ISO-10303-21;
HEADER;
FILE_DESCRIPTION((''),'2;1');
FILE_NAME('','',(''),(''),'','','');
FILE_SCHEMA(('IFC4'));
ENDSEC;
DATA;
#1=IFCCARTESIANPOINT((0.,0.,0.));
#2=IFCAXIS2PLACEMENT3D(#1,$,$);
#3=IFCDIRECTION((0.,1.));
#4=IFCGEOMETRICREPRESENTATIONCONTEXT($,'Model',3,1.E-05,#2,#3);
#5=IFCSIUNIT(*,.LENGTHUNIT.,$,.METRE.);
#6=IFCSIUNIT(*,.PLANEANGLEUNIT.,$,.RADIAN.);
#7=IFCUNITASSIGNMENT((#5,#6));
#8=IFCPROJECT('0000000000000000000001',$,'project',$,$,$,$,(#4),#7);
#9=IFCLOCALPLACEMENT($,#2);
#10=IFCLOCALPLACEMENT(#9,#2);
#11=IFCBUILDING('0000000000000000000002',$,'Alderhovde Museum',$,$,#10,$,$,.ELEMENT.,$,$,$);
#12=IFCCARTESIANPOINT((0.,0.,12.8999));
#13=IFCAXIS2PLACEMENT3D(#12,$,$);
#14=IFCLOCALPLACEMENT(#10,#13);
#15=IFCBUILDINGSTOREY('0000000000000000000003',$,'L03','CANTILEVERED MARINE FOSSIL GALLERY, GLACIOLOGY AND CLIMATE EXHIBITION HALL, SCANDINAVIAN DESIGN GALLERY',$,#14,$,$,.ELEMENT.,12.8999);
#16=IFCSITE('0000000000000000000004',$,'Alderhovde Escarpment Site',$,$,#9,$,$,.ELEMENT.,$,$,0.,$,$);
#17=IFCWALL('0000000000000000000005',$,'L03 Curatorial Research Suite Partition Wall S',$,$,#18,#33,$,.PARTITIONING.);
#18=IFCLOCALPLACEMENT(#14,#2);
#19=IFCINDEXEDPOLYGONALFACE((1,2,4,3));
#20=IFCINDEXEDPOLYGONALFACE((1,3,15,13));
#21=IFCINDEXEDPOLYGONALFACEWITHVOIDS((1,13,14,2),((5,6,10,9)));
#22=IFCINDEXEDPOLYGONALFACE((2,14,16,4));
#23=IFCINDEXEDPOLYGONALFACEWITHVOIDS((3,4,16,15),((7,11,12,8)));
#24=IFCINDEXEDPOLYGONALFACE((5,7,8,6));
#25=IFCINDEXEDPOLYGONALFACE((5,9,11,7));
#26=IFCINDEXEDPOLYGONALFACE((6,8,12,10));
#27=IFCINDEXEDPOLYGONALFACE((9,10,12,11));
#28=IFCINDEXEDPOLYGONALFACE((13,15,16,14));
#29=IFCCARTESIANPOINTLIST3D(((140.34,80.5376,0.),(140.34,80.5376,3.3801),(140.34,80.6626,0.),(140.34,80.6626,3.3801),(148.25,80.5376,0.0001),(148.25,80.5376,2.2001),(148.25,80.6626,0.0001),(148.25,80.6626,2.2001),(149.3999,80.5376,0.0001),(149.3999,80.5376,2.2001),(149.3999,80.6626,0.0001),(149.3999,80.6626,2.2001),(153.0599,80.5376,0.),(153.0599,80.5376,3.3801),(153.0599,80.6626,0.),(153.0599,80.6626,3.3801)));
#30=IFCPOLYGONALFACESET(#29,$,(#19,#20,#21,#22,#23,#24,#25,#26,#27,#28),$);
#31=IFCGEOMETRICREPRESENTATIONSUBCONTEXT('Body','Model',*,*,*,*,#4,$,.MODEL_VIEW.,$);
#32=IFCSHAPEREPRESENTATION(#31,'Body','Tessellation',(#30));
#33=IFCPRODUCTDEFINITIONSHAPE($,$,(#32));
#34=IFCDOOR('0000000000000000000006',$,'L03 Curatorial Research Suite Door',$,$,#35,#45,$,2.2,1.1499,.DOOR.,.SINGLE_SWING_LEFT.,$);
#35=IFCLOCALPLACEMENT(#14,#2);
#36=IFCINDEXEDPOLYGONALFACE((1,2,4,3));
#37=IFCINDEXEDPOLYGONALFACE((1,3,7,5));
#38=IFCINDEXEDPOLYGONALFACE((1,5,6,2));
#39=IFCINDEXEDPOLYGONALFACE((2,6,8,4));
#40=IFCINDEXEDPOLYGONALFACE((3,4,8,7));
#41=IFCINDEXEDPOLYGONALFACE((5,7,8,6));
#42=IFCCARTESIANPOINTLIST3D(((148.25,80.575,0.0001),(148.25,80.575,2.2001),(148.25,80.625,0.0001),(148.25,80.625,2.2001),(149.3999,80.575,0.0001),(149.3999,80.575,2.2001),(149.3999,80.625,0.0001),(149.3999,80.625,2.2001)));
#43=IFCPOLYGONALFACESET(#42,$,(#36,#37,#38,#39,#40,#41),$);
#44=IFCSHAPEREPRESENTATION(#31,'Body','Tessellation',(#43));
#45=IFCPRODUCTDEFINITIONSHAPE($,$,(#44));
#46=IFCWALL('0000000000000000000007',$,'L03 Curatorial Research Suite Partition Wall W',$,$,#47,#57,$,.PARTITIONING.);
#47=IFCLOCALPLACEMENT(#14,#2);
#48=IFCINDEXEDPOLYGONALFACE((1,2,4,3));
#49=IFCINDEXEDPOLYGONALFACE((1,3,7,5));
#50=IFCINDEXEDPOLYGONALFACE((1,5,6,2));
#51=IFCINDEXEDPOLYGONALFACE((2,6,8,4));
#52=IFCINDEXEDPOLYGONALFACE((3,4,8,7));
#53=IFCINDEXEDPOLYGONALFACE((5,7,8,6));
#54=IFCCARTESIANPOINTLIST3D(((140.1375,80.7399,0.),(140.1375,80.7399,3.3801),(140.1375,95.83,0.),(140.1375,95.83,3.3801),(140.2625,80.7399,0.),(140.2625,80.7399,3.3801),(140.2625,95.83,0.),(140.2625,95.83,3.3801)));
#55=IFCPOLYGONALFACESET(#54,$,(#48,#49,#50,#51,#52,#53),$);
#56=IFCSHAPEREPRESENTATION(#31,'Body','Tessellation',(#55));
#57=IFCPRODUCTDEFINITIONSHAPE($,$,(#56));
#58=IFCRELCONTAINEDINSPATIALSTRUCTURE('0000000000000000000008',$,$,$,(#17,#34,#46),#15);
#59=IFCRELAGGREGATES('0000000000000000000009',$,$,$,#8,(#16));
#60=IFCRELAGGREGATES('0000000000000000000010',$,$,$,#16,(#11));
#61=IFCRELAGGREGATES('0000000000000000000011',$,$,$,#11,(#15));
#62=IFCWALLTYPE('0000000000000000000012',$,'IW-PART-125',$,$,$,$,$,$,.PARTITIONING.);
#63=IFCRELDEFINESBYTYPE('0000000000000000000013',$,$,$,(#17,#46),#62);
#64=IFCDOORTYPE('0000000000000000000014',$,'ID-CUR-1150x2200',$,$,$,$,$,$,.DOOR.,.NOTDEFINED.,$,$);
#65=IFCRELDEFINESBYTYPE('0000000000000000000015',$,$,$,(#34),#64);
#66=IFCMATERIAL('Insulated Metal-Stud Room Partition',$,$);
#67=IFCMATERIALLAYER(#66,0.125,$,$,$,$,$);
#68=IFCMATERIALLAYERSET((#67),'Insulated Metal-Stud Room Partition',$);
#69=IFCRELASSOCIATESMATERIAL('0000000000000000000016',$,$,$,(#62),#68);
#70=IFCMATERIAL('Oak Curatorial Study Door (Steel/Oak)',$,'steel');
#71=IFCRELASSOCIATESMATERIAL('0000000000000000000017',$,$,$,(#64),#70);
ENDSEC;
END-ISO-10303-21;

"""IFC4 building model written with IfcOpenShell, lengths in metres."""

from ifc_helpers import new_model, si_unit, direction, frame, frame_2d, origin, place, context, subcontext, project, spatial, rectangle, extrude, material, layer, layer_set, type_object, element, fill, save


model = new_model("IFC4")

# Units and contexts
model_context = context("Model", 3, precision=1e-05, world=origin(), true_north=direction((0.0, 1.0)))
body_context = subcontext(model_context, "Body", "Model", "MODEL_VIEW")
ifc_project = project(units=[si_unit("LENGTHUNIT", "METRE"), si_unit("PLANEANGLEUNIT", "RADIAN")], contexts=[model_context])

# Site, building, storey
site_placement = place(None, origin())
site = spatial("IfcSite", under=ifc_project, at=site_placement, Name="Alderhovde Escarpment Site", CompositionType="ELEMENT", RefElevation=0.0)
building_placement = place(site_placement, origin())
building = spatial("IfcBuilding", under=site, at=building_placement, Name="Alderhovde Museum", CompositionType="ELEMENT")
storey_placement = place(building_placement, frame((0.0, 0.0, 12.8999)))
storey = spatial("IfcBuildingStorey", under=building, at=storey_placement, Name="L03", Description="CANTILEVERED MARINE FOSSIL GALLERY, GLACIOLOGY AND CLIMATE EXHIBITION HALL, SCANDINAVIAN DESIGN GALLERY", CompositionType="ELEMENT", Elevation=12.8999)

# Wall, opening, door
ifc_material_1 = material(Name="Insulated Metal-Stud Room Partition")
ifc_layer_1 = layer(ifc_material_1, 0.125)
ifc_layer_set_1 = layer_set([ifc_layer_1], Name="Insulated Metal-Stud Room Partition")
wall_type_1 = type_object("IfcWallType", Name="IW-PART-125", PredefinedType="PARTITIONING", material=ifc_layer_set_1)
wall_1_placement = place(storey_placement, frame((140.3401, 80.6001, 0.0), z_axis=(0.0, 0.0, 1.0), x_axis=(1.0, 0.0, 0.0)))
wall_1 = element("IfcWall", 1, at=wall_1_placement, inside=storey, type_object=wall_type_1, Name="L03 Curatorial Research Suite Partition Wall S", PredefinedType="PARTITIONING", context=body_context, shape_type="SweptSolid", body=[
    extrude(rectangle(XDim=12.72, YDim=0.125, at=frame_2d((6.3599, 0.0))), origin(), (0.0, 0.0, 1.0), 3.3801),
])
opening_1_placement = place(wall_1_placement, frame((7.9099, 0.0, 0.0)))
opening_1 = element("IfcOpeningElement", 2, at=opening_1_placement, cuts=wall_1, PredefinedType="OPENING", context=body_context, shape_type="SweptSolid", body=[
    extrude(rectangle(XDim=1.1499, YDim=2.2, at=frame_2d((0.575, 1.1001))), frame((0.0, 0.0725, 0.0), z_axis=(0.0, -1.0, 0.0), x_axis=(1.0, 0.0, 0.0)), (0.0, 0.0, 1.0), 0.145),
])
ifc_material_2 = material(Name="Oak Curatorial Study Door (Steel/Oak)", Category="steel")
door_type = type_object("IfcDoorType", Name="ID-CUR-1150x2200", OperationType="NOTDEFINED", PredefinedType="DOOR", material=ifc_material_2)
door_placement = place(opening_1_placement, origin())
door = element("IfcDoor", 3, at=door_placement, inside=storey, type_object=door_type, Name="L03 Curatorial Research Suite Door", OperationType="SINGLE_SWING_LEFT", OverallHeight=2.2, OverallWidth=1.1499, PredefinedType="DOOR", context=body_context, shape_type="SweptSolid", body=[
    extrude(rectangle(XDim=1.1499, YDim=2.2, at=frame_2d((0.575, 1.1001))), frame((0.0, 0.0249, 0.0), z_axis=(0.0, -1.0, 0.0), x_axis=(1.0, 0.0, 0.0)), (0.0, 0.0, 1.0), 0.05),
])
fill(opening_1, door)

# Wall
wall_2_placement = place(storey_placement, frame((140.2, 80.74, 0.0), z_axis=(0.0, 0.0, 1.0), x_axis=(0.0, 1.0, 0.0)))
element("IfcWall", 4, at=wall_2_placement, inside=storey, type_object=wall_type_1, Name="L03 Curatorial Research Suite Partition Wall W", PredefinedType="PARTITIONING", context=body_context, shape_type="SweptSolid", body=[
    extrude(rectangle(XDim=15.0901, YDim=0.125, at=frame_2d((7.5449, 0.0))), origin(), (0.0, 0.0, 1.0), 3.3801),
])

save(model, "model.ifc")
